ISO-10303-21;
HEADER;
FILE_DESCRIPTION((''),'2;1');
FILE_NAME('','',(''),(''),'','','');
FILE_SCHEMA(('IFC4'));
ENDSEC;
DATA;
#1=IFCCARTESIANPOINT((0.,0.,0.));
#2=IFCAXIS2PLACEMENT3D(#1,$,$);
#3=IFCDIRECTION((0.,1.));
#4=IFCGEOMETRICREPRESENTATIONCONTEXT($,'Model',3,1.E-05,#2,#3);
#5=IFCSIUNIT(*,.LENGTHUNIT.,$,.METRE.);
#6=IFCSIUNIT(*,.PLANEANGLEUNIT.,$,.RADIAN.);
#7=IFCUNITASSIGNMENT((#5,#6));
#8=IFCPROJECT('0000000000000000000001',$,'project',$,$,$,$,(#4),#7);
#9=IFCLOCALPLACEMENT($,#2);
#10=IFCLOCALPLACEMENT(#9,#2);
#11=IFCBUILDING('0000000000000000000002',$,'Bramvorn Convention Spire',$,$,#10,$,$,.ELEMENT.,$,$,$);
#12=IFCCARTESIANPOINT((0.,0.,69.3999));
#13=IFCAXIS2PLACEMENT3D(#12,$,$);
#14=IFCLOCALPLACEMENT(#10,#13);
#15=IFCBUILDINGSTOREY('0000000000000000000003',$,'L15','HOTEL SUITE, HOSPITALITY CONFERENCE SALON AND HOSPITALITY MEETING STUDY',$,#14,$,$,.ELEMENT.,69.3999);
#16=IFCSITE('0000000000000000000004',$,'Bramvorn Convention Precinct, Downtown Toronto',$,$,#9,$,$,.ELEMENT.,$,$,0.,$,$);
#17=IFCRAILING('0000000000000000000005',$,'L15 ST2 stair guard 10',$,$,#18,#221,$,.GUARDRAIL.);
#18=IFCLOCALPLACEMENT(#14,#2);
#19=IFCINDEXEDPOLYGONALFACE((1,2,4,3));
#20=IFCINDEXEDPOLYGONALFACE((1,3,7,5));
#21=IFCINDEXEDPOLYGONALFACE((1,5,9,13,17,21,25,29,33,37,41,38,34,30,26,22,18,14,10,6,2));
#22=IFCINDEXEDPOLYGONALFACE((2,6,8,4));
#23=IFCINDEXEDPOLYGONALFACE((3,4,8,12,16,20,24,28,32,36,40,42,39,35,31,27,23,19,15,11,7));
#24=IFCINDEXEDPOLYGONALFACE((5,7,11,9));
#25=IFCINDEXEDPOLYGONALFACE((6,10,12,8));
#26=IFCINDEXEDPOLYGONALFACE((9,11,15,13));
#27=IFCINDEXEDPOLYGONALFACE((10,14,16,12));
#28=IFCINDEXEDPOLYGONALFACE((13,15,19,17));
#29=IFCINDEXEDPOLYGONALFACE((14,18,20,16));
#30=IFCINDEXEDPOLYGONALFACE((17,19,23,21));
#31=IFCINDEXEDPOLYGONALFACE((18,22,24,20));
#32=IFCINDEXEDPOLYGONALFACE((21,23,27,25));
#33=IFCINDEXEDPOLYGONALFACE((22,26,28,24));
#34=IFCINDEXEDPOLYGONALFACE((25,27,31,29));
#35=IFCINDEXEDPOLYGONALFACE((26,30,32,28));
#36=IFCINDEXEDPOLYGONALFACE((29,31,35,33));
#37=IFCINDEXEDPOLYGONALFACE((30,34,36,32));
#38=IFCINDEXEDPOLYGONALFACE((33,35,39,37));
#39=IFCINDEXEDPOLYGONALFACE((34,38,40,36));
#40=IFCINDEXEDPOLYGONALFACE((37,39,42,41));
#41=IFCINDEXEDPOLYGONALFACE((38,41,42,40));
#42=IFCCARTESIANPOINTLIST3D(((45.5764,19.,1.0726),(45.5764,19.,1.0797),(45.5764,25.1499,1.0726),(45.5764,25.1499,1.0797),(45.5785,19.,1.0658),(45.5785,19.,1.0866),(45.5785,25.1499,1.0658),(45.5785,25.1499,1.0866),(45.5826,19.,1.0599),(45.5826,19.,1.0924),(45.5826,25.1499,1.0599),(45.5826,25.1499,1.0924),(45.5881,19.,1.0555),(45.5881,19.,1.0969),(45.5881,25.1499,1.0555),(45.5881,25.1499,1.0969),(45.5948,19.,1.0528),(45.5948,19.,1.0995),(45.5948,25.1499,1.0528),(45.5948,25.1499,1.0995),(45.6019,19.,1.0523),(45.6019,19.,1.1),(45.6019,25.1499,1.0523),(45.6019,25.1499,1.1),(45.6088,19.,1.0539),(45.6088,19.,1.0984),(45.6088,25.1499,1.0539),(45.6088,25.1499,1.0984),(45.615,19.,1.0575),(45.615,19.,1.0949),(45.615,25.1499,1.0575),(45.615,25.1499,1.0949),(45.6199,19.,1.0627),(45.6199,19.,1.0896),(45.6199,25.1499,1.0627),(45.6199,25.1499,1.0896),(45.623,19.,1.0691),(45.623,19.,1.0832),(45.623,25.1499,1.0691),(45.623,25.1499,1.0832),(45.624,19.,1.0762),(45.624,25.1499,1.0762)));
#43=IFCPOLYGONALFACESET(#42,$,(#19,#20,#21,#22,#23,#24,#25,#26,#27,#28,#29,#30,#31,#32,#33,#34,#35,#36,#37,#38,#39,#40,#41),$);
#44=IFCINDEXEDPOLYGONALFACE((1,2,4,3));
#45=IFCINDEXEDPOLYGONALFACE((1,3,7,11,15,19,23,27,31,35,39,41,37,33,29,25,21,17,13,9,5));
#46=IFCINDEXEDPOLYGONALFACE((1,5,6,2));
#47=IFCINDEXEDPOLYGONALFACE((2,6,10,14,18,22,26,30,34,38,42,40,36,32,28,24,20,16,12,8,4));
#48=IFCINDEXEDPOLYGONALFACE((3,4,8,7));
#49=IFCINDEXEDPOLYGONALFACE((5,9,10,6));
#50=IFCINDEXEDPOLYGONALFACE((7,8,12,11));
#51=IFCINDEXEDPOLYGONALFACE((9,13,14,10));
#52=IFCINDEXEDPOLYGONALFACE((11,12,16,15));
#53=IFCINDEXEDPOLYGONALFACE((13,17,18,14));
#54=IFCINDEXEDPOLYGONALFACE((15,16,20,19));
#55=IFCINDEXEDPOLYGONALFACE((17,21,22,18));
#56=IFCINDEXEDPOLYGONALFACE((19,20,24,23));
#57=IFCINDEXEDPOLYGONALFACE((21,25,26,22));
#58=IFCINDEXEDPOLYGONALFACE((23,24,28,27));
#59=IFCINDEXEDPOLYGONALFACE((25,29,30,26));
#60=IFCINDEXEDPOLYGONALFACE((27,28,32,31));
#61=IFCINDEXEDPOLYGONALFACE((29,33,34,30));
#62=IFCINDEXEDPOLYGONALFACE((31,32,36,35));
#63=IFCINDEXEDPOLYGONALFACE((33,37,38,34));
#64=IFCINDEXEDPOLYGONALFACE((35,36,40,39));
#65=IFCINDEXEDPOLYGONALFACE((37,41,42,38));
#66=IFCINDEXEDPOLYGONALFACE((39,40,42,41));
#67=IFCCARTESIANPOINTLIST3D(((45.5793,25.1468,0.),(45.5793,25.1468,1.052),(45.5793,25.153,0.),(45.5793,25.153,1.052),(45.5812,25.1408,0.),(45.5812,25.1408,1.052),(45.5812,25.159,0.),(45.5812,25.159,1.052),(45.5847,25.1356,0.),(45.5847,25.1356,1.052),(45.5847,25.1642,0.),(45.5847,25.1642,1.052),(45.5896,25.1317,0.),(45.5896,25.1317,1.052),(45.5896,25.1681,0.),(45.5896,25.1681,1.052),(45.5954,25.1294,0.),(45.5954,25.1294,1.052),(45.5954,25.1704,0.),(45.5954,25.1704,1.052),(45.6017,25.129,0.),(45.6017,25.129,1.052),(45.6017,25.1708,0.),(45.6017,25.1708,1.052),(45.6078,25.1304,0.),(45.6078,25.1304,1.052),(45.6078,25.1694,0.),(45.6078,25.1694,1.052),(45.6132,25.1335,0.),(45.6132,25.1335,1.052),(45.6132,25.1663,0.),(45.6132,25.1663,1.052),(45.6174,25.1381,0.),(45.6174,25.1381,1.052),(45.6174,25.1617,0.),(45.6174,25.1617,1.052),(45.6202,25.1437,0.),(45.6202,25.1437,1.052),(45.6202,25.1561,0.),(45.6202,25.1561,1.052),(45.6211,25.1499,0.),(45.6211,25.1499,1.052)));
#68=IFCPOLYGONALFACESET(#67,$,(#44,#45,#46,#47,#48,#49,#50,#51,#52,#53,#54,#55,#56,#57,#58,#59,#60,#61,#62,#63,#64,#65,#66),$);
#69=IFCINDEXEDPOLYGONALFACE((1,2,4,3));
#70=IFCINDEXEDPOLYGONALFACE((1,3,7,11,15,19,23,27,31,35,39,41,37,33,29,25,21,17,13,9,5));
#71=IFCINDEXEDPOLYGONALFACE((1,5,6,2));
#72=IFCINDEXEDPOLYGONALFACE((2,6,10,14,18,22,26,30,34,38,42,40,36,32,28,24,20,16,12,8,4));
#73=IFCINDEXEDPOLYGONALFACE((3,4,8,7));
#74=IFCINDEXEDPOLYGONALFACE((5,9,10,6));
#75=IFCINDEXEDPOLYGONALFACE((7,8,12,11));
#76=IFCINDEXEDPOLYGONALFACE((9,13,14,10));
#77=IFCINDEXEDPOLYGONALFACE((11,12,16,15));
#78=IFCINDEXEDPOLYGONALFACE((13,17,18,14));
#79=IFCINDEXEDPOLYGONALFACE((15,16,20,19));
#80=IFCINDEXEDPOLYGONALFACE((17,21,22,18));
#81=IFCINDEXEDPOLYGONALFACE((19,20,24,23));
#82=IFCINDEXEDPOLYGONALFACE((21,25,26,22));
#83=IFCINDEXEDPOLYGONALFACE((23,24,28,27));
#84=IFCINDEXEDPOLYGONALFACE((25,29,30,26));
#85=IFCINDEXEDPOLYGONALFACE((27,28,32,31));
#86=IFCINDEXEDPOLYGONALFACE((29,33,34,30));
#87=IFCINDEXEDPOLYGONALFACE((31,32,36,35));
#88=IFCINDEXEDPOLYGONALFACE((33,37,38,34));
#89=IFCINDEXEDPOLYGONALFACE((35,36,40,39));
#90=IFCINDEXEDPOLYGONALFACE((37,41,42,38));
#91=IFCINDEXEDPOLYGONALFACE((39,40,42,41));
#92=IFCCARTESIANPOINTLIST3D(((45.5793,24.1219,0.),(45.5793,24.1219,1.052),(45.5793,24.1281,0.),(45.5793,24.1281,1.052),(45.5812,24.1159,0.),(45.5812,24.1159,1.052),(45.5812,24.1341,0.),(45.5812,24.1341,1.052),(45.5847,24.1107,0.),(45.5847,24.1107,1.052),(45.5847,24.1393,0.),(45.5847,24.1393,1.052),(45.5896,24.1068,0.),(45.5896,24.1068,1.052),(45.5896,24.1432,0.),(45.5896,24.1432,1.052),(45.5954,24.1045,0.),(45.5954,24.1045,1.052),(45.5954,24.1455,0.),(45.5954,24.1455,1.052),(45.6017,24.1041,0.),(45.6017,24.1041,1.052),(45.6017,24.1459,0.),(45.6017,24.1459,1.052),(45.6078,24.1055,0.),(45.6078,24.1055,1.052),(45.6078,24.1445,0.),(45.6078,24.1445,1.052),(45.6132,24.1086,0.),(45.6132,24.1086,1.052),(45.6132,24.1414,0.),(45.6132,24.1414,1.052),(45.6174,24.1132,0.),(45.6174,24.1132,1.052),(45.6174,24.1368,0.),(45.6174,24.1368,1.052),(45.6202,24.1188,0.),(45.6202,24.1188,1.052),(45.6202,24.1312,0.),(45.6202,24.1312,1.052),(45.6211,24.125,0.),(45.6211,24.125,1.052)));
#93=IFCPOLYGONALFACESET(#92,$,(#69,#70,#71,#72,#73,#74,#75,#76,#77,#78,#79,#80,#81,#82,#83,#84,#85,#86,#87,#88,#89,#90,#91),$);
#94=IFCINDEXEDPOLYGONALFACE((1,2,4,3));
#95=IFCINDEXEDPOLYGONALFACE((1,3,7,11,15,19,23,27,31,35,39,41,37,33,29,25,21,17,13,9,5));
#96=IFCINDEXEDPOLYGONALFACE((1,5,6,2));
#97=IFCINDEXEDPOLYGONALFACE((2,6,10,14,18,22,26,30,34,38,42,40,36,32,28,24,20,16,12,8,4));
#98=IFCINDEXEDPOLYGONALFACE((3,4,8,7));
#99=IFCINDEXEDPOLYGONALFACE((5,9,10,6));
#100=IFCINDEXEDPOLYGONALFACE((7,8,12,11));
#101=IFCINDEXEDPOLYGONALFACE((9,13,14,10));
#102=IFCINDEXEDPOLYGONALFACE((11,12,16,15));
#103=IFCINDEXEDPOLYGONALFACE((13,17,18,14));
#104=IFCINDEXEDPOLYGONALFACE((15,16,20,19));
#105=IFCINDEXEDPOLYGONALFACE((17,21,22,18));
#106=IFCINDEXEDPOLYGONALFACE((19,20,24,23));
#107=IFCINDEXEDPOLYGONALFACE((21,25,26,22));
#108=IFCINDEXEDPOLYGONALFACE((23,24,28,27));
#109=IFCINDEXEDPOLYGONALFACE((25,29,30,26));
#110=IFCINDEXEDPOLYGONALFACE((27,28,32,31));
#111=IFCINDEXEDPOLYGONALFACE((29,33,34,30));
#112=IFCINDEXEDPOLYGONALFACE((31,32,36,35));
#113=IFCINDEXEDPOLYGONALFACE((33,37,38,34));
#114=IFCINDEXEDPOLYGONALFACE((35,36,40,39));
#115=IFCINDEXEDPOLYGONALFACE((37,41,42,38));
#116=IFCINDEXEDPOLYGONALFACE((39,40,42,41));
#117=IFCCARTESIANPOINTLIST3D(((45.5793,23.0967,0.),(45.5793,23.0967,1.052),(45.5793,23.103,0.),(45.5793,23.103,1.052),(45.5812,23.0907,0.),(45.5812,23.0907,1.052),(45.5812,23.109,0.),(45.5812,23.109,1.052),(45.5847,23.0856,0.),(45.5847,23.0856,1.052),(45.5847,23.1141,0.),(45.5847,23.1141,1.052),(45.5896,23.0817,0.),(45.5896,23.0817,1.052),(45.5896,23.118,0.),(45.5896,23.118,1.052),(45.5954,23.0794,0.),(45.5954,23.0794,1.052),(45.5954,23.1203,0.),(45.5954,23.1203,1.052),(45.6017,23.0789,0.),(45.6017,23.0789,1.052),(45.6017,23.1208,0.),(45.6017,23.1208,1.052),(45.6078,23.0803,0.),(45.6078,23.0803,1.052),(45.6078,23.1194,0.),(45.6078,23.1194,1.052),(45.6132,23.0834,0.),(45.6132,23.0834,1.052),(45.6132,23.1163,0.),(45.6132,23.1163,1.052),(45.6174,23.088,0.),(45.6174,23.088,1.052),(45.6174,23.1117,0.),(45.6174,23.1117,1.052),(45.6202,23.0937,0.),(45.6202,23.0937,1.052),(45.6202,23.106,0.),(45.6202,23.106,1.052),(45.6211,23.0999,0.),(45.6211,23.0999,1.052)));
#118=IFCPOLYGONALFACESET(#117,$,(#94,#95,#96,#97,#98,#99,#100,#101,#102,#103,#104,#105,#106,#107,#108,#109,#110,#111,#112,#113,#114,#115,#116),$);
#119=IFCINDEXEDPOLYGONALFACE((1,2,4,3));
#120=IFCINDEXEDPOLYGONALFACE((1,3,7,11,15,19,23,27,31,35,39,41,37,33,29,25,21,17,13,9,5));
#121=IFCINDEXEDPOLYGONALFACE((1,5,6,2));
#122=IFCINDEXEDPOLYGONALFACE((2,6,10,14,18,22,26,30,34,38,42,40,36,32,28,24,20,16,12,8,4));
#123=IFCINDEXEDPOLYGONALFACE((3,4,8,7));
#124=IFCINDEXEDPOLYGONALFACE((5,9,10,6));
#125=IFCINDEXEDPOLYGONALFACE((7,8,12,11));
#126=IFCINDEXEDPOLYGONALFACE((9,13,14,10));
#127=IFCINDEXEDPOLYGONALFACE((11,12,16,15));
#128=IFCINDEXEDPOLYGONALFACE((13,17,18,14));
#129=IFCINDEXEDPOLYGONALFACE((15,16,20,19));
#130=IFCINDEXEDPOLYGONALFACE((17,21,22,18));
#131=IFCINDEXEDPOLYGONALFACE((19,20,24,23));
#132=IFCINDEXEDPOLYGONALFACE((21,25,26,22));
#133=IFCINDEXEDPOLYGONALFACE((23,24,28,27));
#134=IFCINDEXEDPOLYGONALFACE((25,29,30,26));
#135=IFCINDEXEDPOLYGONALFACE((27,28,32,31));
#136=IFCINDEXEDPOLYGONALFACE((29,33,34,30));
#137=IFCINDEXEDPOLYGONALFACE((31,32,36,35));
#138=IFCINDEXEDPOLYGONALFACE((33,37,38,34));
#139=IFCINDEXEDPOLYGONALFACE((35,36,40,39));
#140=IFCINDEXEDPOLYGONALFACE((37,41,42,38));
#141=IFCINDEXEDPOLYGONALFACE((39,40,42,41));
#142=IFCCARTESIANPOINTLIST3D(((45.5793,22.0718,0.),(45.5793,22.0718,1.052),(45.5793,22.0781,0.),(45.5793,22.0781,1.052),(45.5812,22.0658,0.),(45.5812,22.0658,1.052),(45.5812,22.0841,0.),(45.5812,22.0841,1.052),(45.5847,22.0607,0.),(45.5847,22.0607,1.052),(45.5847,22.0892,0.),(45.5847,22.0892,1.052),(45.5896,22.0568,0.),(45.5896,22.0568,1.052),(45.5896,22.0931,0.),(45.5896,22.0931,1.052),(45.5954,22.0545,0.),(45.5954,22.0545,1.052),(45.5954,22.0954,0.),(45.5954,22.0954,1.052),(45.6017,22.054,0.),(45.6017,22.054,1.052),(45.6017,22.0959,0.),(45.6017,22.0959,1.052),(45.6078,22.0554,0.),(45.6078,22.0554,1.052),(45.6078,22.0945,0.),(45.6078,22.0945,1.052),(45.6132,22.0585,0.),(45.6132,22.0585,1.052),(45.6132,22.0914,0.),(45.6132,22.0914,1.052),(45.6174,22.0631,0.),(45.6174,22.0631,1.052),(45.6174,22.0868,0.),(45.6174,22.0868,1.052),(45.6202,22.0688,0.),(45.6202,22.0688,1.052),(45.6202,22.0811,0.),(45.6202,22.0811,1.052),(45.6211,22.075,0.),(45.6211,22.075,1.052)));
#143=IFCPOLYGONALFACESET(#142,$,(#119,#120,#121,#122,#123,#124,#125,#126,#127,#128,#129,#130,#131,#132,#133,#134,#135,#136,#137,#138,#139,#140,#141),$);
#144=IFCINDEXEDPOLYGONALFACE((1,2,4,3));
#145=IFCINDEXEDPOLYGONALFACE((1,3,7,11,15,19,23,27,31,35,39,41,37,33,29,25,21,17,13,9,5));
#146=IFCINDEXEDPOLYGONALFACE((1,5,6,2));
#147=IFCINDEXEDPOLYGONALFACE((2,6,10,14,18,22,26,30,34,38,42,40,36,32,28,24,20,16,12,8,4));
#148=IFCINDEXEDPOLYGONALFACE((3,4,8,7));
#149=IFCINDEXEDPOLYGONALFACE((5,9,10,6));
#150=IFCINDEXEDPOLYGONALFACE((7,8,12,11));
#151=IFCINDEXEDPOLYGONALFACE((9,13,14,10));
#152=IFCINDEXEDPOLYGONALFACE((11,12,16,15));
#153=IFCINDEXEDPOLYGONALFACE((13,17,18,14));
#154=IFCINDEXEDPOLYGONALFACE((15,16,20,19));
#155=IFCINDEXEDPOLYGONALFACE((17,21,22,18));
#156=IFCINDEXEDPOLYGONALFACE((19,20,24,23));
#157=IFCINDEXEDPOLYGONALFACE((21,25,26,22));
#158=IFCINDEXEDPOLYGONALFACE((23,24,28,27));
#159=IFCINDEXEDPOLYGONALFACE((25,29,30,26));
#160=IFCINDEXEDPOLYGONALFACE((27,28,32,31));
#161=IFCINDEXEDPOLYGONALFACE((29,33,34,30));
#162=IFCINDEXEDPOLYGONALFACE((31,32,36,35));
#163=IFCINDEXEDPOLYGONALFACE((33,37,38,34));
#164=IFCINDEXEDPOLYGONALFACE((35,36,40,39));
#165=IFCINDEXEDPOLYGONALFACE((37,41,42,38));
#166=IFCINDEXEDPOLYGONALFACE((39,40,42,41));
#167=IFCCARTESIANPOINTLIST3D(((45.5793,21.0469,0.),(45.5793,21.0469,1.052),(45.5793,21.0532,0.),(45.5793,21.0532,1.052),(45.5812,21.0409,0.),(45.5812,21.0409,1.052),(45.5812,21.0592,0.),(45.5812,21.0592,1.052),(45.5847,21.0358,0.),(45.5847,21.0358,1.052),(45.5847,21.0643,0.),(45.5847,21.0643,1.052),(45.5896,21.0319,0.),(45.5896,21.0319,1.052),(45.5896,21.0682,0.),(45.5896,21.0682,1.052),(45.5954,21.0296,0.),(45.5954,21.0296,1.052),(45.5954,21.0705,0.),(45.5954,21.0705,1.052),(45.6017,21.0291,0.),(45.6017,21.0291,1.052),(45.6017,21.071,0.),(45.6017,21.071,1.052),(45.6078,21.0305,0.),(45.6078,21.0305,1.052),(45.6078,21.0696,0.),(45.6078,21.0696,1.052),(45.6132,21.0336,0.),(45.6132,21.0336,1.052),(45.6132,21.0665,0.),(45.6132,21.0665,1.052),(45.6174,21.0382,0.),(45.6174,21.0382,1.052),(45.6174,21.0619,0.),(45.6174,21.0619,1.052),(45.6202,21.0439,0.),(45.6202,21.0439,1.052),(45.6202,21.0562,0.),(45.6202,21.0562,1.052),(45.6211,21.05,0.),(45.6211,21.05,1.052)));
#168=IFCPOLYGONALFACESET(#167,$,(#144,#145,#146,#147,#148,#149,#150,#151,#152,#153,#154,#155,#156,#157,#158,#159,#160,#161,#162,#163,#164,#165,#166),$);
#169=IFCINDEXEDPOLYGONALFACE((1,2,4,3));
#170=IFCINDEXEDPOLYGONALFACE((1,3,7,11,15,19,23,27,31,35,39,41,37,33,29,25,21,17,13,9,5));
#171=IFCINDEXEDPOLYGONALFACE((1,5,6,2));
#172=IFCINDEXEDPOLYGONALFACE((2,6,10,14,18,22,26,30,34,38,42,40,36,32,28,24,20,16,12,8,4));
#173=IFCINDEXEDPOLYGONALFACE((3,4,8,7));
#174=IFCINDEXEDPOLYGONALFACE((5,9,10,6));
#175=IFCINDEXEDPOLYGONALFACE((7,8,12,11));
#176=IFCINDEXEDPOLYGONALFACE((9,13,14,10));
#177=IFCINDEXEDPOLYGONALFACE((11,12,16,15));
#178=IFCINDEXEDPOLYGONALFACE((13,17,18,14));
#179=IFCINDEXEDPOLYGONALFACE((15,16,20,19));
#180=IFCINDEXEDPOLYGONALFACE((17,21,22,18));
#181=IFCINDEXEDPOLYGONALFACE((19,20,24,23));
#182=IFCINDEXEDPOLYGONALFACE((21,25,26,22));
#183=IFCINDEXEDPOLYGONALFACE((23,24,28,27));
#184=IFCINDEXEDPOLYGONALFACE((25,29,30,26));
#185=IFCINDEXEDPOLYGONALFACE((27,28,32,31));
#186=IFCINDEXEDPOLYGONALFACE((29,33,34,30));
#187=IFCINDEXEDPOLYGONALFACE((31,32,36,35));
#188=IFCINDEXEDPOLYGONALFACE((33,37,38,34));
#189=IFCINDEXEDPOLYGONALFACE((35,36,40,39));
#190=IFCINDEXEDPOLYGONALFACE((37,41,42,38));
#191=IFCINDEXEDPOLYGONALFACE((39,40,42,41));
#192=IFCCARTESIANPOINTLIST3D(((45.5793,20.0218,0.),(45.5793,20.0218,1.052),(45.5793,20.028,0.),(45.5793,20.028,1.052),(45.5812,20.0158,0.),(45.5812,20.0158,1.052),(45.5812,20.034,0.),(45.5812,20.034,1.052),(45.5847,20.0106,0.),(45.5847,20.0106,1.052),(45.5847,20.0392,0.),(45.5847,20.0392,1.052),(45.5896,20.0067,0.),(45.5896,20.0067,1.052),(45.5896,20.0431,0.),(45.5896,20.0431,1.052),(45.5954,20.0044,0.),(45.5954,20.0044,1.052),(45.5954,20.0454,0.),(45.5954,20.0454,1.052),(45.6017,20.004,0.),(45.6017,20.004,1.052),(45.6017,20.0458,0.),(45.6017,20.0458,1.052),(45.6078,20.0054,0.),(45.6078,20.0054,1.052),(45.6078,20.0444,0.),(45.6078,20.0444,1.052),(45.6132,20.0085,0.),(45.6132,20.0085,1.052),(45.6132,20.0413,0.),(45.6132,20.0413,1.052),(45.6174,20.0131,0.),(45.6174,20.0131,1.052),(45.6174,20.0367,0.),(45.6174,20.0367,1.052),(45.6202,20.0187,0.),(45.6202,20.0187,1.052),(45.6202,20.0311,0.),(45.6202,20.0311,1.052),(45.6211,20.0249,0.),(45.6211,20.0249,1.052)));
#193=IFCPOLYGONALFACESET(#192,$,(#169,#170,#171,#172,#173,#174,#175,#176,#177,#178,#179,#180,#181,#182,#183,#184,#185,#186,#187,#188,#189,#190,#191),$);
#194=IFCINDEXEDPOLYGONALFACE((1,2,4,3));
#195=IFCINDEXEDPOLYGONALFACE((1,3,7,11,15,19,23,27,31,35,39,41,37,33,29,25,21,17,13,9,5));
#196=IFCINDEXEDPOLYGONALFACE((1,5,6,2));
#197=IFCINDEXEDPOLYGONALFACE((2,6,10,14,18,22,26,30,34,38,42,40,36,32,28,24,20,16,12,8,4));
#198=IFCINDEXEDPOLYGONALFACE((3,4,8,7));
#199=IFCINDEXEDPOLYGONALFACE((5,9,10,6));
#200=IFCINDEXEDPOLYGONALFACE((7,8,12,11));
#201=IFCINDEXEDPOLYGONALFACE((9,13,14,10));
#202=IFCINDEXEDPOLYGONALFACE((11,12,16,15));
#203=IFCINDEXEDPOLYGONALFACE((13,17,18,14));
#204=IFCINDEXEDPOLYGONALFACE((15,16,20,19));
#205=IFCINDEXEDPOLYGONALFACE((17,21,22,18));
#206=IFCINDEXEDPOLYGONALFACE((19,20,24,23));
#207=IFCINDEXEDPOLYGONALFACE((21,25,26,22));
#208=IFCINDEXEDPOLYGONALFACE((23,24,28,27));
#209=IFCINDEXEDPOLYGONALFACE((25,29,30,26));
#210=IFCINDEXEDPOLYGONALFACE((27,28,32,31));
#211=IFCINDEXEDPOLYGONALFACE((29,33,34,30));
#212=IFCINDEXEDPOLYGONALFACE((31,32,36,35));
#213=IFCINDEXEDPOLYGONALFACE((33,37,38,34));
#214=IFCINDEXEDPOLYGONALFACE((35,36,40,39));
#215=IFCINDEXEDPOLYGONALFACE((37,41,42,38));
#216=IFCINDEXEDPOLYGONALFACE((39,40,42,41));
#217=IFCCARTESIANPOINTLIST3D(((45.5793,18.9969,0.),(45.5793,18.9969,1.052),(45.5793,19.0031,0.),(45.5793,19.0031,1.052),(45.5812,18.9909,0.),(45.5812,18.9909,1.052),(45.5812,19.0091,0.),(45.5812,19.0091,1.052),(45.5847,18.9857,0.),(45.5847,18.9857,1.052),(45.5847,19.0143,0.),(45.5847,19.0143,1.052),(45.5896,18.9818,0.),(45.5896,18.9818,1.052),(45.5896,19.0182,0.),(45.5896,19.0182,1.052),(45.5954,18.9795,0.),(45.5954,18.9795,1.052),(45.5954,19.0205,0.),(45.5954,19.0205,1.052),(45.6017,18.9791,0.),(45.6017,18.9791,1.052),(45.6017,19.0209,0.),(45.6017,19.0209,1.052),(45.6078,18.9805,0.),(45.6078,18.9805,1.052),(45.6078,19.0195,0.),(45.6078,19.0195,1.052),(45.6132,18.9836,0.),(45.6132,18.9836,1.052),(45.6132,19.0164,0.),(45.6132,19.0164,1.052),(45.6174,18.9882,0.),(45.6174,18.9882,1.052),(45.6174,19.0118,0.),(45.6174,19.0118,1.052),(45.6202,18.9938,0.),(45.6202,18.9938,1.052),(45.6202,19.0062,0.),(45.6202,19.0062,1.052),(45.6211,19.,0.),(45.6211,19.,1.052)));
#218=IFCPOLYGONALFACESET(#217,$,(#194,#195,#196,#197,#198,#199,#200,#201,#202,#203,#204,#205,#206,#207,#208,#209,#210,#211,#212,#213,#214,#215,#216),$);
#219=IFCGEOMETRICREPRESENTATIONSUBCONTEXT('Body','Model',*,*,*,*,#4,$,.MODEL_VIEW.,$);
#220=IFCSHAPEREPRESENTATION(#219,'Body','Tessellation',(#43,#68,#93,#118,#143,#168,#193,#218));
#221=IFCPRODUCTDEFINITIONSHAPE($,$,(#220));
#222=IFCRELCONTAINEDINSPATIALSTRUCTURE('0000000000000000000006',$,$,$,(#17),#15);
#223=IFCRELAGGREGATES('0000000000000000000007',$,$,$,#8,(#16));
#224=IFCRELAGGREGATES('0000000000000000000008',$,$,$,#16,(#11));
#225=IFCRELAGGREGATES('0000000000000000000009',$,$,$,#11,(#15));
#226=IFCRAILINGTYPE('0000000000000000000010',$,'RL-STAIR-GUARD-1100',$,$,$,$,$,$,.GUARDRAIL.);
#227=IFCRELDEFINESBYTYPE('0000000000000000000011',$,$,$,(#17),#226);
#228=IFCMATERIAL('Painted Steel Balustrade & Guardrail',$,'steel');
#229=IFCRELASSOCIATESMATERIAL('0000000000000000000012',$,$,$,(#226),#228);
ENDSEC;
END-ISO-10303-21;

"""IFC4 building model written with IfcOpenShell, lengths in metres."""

from ifc_helpers import new_model, si_unit, direction, frame, origin, origin_2d, place, context, subcontext, project, spatial, circle, extrude, material, type_object, element, save


model = new_model("IFC4")

# Units and contexts
model_context = context("Model", 3, precision=1e-05, world=origin(), true_north=direction((0.0, 1.0)))
body_context = subcontext(model_context, "Body", "Model", "MODEL_VIEW")
ifc_project = project(units=[si_unit("LENGTHUNIT", "METRE"), si_unit("PLANEANGLEUNIT", "RADIAN")], contexts=[model_context])

# Site, building, storey
site_placement = place(None, origin())
site = spatial("IfcSite", under=ifc_project, at=site_placement, Name="Bramvorn Convention Precinct, Downtown Toronto", CompositionType="ELEMENT", RefElevation=0.0)
building_placement = place(site_placement, origin())
building = spatial("IfcBuilding", under=site, at=building_placement, Name="Bramvorn Convention Spire", CompositionType="ELEMENT")
storey_placement = place(building_placement, frame((0.0, 0.0, 69.3999)))
storey = spatial("IfcBuildingStorey", under=building, at=storey_placement, Name="L15", Description="HOTEL SUITE, HOSPITALITY CONFERENCE SALON AND HOSPITALITY MEETING STUDY", CompositionType="ELEMENT", Elevation=69.3999)

# Railing
ifc_material_1 = material(Name="Painted Steel Balustrade & Guardrail", Category="steel")
railing_type_1 = type_object("IfcRailingType", Name="RL-STAIR-GUARD-1100", PredefinedType="GUARDRAIL", material=ifc_material_1)
railing_1_placement = place(storey_placement, frame((45.6001, 25.1499, 0.0)))
element("IfcRailing", 1, at=railing_1_placement, inside=storey, type_object=railing_type_1, Name="L15 ST2 stair guard 10", PredefinedType="GUARDRAIL", context=body_context, shape_type="SweptSolid", body=[
    extrude(circle(Radius=0.0239, at=origin_2d()), frame((0.0, 0.0, 1.0762), z_axis=(0.0, -1.0, 0.0), x_axis=(1.0, 0.0, 0.0)), (0.0, 0.0, 1.0), 6.1499),
    extrude(circle(Radius=0.021, at=origin_2d()), origin(), (0.0, 0.0, 1.0), 1.052),
    extrude(circle(Radius=0.021, at=origin_2d()), frame((0.0, -1.0249, 0.0)), (0.0, 0.0, 1.0), 1.052),
    extrude(circle(Radius=0.021, at=origin_2d()), frame((0.0, -2.05, 0.0)), (0.0, 0.0, 1.0), 1.052),
    extrude(circle(Radius=0.021, at=origin_2d()), frame((0.0, -3.075, 0.0)), (0.0, 0.0, 1.0), 1.052),
    extrude(circle(Radius=0.021, at=origin_2d()), frame((0.0, -4.0999, 0.0)), (0.0, 0.0, 1.0), 1.052),
    extrude(circle(Radius=0.021, at=origin_2d()), frame((0.0, -5.125, 0.0)), (0.0, 0.0, 1.0), 1.052),
    extrude(circle(Radius=0.021, at=origin_2d()), frame((0.0, -6.1499, 0.0)), (0.0, 0.0, 1.0), 1.052),
])

save(model, "model.ifc")
